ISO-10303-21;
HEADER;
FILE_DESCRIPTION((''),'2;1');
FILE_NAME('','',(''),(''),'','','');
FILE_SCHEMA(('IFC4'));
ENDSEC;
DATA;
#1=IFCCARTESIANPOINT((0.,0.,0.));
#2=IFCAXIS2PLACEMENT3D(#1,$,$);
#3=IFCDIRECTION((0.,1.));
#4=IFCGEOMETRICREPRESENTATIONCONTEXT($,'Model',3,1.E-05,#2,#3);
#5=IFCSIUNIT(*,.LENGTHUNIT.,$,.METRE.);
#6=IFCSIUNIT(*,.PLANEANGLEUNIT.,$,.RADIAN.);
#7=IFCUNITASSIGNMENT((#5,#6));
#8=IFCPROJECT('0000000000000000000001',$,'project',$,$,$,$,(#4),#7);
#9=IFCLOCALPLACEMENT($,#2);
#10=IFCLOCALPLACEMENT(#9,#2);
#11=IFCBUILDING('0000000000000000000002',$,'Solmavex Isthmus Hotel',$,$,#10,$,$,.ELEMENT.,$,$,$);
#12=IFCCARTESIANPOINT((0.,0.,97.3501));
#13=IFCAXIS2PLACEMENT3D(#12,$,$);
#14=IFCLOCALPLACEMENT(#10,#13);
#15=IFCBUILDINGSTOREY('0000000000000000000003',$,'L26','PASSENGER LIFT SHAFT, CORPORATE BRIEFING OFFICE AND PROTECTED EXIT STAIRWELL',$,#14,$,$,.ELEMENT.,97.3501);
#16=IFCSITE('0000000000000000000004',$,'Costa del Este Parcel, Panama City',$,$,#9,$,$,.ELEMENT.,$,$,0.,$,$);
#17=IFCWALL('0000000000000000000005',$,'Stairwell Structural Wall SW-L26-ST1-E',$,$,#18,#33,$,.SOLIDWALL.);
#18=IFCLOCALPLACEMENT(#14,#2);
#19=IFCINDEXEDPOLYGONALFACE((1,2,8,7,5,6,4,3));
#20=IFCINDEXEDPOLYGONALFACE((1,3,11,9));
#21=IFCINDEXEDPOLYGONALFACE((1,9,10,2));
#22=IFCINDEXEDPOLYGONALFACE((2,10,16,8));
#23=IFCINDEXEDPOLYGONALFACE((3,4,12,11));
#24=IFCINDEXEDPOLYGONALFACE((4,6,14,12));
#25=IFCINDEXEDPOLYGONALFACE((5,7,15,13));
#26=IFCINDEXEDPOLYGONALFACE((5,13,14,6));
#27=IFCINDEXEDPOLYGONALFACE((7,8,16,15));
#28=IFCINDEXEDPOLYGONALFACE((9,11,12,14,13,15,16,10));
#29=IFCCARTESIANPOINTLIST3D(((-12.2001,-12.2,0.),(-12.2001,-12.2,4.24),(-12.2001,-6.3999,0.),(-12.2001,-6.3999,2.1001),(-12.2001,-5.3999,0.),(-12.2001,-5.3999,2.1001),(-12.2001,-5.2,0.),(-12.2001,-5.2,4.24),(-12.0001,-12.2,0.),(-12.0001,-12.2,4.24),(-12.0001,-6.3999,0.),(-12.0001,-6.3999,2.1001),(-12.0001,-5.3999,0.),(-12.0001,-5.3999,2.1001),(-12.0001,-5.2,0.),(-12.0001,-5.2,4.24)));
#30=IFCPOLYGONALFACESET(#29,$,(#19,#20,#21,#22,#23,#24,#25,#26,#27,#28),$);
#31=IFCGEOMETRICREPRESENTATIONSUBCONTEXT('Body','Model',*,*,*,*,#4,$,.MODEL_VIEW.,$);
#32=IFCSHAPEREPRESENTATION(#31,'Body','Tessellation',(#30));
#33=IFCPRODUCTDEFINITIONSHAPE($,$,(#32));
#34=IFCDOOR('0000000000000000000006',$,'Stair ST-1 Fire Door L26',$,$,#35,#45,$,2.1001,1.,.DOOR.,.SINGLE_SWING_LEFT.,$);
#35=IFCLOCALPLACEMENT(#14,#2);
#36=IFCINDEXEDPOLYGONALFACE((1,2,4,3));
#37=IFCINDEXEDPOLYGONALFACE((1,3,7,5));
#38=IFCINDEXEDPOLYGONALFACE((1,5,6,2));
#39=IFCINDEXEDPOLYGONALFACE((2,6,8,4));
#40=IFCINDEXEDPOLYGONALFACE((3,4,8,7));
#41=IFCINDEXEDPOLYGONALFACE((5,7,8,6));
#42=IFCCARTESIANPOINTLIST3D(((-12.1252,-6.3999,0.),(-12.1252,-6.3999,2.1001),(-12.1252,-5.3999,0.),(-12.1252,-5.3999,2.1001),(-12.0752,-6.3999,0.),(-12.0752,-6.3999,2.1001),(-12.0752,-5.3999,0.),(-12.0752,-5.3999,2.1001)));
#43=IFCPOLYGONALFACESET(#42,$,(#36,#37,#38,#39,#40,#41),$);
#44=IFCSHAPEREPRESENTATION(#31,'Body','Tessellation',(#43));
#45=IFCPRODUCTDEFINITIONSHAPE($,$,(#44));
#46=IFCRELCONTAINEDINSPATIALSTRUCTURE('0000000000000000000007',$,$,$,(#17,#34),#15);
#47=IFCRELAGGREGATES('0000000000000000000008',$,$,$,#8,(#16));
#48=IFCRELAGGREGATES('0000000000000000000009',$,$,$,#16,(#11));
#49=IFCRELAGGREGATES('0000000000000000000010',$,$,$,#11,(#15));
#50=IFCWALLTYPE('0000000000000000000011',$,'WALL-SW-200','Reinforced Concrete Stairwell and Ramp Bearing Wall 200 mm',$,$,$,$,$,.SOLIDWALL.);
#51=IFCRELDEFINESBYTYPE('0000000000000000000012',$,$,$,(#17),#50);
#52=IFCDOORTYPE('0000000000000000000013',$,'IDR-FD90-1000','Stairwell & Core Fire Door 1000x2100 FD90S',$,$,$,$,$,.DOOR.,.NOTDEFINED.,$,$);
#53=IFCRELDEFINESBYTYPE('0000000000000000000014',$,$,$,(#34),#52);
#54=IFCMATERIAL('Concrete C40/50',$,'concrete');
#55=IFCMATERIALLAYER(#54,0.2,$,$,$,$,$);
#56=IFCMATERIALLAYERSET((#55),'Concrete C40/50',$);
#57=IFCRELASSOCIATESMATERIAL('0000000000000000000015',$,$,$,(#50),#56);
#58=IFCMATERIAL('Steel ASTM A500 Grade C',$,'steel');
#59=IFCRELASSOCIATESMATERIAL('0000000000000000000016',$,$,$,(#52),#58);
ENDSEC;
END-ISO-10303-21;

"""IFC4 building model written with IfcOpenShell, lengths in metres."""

from ifc_helpers import new_model, si_unit, direction, frame, frame_2d, origin, place, context, subcontext, project, spatial, rectangle, extrude, material, layer, layer_set, type_object, element, fill, save


model = new_model("IFC4")

# Units and contexts
model_context = context("Model", 3, precision=1e-05, world=origin(), true_north=direction((0.0, 1.0)))
body_context = subcontext(model_context, "Body", "Model", "MODEL_VIEW")
ifc_project = project(units=[si_unit("LENGTHUNIT", "METRE"), si_unit("PLANEANGLEUNIT", "RADIAN")], contexts=[model_context])

# Site, building, storey
site_placement = place(None, origin())
site = spatial("IfcSite", under=ifc_project, at=site_placement, Name="Costa del Este Parcel, Panama City", CompositionType="ELEMENT", RefElevation=0.0)
building_placement = place(site_placement, origin())
building = spatial("IfcBuilding", under=site, at=building_placement, Name="Solmavex Isthmus Hotel", CompositionType="ELEMENT")
storey_placement = place(building_placement, frame((0.0, 0.0, 97.3501)))
storey = spatial("IfcBuildingStorey", under=building, at=storey_placement, Name="L26", Description="PASSENGER LIFT SHAFT, CORPORATE BRIEFING OFFICE AND PROTECTED EXIT STAIRWELL", CompositionType="ELEMENT", Elevation=97.3501)

# Shared definitions
ifc_material_1 = material(Name="Concrete C40/50", Category="concrete")

# Shared definitions
ifc_material_2 = material(Name="Steel ASTM A500 Grade C", Category="steel")

# Wall, opening, door
ifc_layer_1 = layer(ifc_material_1, 0.2)
ifc_layer_set_1 = layer_set([ifc_layer_1], Name="Concrete C40/50")
wall_type_1 = type_object("IfcWallType", Name="WALL-SW-200", Description="Reinforced Concrete Stairwell and Ramp Bearing Wall 200 mm", PredefinedType="SOLIDWALL", material=ifc_layer_set_1)
wall_1_placement = place(storey_placement, frame((-12.1001, -12.2, 0.0), z_axis=(0.0, 0.0, 1.0), x_axis=(0.0, 1.0, 0.0)))
wall_1 = element("IfcWall", 1, at=wall_1_placement, inside=storey, type_object=wall_type_1, Name="Stairwell Structural Wall SW-L26-ST1-E", PredefinedType="SOLIDWALL", context=body_context, shape_type="SweptSolid", body=[
    extrude(rectangle(XDim=7.0, YDim=0.2, at=frame_2d((3.5, 0.0))), origin(), (0.0, 0.0, 1.0), 4.24),
])
opening_1_placement = place(wall_1_placement, frame((5.8, 0.0, 0.0)))
opening_1 = element("IfcOpeningElement", 2, at=opening_1_placement, cuts=wall_1, PredefinedType="OPENING", context=body_context, shape_type="SweptSolid", body=[
    extrude(rectangle(XDim=1.0, YDim=2.1001, at=frame_2d((0.5, 1.05))), frame((0.0, 0.1099, 0.0), z_axis=(0.0, -1.0, 0.0), x_axis=(1.0, 0.0, 0.0)), (0.0, 0.0, 1.0), 0.22),
])
door_type_1 = type_object("IfcDoorType", Name="IDR-FD90-1000", Description="Stairwell & Core Fire Door 1000x2100 FD90S", OperationType="NOTDEFINED", PredefinedType="DOOR", material=ifc_material_2)
door_1_placement = place(opening_1_placement, frame((1.0, 0.0, 0.0), z_axis=(0.0, 0.0, 1.0), x_axis=(-1.0, 0.0, 0.0)))
door_1 = element("IfcDoor", 3, at=door_1_placement, inside=storey, type_object=door_type_1, Name="Stair ST-1 Fire Door L26", OperationType="SINGLE_SWING_LEFT", OverallHeight=2.1001, OverallWidth=1.0, PredefinedType="DOOR", context=body_context, shape_type="SweptSolid", body=[
    extrude(rectangle(XDim=1.0, YDim=2.1001, at=frame_2d((0.5, 1.05))), frame((0.0, 0.0249, 0.0), z_axis=(0.0, -1.0, 0.0), x_axis=(1.0, 0.0, 0.0)), (0.0, 0.0, 1.0), 0.05),
])
fill(opening_1, door_1)

save(model, "model.ifc")
